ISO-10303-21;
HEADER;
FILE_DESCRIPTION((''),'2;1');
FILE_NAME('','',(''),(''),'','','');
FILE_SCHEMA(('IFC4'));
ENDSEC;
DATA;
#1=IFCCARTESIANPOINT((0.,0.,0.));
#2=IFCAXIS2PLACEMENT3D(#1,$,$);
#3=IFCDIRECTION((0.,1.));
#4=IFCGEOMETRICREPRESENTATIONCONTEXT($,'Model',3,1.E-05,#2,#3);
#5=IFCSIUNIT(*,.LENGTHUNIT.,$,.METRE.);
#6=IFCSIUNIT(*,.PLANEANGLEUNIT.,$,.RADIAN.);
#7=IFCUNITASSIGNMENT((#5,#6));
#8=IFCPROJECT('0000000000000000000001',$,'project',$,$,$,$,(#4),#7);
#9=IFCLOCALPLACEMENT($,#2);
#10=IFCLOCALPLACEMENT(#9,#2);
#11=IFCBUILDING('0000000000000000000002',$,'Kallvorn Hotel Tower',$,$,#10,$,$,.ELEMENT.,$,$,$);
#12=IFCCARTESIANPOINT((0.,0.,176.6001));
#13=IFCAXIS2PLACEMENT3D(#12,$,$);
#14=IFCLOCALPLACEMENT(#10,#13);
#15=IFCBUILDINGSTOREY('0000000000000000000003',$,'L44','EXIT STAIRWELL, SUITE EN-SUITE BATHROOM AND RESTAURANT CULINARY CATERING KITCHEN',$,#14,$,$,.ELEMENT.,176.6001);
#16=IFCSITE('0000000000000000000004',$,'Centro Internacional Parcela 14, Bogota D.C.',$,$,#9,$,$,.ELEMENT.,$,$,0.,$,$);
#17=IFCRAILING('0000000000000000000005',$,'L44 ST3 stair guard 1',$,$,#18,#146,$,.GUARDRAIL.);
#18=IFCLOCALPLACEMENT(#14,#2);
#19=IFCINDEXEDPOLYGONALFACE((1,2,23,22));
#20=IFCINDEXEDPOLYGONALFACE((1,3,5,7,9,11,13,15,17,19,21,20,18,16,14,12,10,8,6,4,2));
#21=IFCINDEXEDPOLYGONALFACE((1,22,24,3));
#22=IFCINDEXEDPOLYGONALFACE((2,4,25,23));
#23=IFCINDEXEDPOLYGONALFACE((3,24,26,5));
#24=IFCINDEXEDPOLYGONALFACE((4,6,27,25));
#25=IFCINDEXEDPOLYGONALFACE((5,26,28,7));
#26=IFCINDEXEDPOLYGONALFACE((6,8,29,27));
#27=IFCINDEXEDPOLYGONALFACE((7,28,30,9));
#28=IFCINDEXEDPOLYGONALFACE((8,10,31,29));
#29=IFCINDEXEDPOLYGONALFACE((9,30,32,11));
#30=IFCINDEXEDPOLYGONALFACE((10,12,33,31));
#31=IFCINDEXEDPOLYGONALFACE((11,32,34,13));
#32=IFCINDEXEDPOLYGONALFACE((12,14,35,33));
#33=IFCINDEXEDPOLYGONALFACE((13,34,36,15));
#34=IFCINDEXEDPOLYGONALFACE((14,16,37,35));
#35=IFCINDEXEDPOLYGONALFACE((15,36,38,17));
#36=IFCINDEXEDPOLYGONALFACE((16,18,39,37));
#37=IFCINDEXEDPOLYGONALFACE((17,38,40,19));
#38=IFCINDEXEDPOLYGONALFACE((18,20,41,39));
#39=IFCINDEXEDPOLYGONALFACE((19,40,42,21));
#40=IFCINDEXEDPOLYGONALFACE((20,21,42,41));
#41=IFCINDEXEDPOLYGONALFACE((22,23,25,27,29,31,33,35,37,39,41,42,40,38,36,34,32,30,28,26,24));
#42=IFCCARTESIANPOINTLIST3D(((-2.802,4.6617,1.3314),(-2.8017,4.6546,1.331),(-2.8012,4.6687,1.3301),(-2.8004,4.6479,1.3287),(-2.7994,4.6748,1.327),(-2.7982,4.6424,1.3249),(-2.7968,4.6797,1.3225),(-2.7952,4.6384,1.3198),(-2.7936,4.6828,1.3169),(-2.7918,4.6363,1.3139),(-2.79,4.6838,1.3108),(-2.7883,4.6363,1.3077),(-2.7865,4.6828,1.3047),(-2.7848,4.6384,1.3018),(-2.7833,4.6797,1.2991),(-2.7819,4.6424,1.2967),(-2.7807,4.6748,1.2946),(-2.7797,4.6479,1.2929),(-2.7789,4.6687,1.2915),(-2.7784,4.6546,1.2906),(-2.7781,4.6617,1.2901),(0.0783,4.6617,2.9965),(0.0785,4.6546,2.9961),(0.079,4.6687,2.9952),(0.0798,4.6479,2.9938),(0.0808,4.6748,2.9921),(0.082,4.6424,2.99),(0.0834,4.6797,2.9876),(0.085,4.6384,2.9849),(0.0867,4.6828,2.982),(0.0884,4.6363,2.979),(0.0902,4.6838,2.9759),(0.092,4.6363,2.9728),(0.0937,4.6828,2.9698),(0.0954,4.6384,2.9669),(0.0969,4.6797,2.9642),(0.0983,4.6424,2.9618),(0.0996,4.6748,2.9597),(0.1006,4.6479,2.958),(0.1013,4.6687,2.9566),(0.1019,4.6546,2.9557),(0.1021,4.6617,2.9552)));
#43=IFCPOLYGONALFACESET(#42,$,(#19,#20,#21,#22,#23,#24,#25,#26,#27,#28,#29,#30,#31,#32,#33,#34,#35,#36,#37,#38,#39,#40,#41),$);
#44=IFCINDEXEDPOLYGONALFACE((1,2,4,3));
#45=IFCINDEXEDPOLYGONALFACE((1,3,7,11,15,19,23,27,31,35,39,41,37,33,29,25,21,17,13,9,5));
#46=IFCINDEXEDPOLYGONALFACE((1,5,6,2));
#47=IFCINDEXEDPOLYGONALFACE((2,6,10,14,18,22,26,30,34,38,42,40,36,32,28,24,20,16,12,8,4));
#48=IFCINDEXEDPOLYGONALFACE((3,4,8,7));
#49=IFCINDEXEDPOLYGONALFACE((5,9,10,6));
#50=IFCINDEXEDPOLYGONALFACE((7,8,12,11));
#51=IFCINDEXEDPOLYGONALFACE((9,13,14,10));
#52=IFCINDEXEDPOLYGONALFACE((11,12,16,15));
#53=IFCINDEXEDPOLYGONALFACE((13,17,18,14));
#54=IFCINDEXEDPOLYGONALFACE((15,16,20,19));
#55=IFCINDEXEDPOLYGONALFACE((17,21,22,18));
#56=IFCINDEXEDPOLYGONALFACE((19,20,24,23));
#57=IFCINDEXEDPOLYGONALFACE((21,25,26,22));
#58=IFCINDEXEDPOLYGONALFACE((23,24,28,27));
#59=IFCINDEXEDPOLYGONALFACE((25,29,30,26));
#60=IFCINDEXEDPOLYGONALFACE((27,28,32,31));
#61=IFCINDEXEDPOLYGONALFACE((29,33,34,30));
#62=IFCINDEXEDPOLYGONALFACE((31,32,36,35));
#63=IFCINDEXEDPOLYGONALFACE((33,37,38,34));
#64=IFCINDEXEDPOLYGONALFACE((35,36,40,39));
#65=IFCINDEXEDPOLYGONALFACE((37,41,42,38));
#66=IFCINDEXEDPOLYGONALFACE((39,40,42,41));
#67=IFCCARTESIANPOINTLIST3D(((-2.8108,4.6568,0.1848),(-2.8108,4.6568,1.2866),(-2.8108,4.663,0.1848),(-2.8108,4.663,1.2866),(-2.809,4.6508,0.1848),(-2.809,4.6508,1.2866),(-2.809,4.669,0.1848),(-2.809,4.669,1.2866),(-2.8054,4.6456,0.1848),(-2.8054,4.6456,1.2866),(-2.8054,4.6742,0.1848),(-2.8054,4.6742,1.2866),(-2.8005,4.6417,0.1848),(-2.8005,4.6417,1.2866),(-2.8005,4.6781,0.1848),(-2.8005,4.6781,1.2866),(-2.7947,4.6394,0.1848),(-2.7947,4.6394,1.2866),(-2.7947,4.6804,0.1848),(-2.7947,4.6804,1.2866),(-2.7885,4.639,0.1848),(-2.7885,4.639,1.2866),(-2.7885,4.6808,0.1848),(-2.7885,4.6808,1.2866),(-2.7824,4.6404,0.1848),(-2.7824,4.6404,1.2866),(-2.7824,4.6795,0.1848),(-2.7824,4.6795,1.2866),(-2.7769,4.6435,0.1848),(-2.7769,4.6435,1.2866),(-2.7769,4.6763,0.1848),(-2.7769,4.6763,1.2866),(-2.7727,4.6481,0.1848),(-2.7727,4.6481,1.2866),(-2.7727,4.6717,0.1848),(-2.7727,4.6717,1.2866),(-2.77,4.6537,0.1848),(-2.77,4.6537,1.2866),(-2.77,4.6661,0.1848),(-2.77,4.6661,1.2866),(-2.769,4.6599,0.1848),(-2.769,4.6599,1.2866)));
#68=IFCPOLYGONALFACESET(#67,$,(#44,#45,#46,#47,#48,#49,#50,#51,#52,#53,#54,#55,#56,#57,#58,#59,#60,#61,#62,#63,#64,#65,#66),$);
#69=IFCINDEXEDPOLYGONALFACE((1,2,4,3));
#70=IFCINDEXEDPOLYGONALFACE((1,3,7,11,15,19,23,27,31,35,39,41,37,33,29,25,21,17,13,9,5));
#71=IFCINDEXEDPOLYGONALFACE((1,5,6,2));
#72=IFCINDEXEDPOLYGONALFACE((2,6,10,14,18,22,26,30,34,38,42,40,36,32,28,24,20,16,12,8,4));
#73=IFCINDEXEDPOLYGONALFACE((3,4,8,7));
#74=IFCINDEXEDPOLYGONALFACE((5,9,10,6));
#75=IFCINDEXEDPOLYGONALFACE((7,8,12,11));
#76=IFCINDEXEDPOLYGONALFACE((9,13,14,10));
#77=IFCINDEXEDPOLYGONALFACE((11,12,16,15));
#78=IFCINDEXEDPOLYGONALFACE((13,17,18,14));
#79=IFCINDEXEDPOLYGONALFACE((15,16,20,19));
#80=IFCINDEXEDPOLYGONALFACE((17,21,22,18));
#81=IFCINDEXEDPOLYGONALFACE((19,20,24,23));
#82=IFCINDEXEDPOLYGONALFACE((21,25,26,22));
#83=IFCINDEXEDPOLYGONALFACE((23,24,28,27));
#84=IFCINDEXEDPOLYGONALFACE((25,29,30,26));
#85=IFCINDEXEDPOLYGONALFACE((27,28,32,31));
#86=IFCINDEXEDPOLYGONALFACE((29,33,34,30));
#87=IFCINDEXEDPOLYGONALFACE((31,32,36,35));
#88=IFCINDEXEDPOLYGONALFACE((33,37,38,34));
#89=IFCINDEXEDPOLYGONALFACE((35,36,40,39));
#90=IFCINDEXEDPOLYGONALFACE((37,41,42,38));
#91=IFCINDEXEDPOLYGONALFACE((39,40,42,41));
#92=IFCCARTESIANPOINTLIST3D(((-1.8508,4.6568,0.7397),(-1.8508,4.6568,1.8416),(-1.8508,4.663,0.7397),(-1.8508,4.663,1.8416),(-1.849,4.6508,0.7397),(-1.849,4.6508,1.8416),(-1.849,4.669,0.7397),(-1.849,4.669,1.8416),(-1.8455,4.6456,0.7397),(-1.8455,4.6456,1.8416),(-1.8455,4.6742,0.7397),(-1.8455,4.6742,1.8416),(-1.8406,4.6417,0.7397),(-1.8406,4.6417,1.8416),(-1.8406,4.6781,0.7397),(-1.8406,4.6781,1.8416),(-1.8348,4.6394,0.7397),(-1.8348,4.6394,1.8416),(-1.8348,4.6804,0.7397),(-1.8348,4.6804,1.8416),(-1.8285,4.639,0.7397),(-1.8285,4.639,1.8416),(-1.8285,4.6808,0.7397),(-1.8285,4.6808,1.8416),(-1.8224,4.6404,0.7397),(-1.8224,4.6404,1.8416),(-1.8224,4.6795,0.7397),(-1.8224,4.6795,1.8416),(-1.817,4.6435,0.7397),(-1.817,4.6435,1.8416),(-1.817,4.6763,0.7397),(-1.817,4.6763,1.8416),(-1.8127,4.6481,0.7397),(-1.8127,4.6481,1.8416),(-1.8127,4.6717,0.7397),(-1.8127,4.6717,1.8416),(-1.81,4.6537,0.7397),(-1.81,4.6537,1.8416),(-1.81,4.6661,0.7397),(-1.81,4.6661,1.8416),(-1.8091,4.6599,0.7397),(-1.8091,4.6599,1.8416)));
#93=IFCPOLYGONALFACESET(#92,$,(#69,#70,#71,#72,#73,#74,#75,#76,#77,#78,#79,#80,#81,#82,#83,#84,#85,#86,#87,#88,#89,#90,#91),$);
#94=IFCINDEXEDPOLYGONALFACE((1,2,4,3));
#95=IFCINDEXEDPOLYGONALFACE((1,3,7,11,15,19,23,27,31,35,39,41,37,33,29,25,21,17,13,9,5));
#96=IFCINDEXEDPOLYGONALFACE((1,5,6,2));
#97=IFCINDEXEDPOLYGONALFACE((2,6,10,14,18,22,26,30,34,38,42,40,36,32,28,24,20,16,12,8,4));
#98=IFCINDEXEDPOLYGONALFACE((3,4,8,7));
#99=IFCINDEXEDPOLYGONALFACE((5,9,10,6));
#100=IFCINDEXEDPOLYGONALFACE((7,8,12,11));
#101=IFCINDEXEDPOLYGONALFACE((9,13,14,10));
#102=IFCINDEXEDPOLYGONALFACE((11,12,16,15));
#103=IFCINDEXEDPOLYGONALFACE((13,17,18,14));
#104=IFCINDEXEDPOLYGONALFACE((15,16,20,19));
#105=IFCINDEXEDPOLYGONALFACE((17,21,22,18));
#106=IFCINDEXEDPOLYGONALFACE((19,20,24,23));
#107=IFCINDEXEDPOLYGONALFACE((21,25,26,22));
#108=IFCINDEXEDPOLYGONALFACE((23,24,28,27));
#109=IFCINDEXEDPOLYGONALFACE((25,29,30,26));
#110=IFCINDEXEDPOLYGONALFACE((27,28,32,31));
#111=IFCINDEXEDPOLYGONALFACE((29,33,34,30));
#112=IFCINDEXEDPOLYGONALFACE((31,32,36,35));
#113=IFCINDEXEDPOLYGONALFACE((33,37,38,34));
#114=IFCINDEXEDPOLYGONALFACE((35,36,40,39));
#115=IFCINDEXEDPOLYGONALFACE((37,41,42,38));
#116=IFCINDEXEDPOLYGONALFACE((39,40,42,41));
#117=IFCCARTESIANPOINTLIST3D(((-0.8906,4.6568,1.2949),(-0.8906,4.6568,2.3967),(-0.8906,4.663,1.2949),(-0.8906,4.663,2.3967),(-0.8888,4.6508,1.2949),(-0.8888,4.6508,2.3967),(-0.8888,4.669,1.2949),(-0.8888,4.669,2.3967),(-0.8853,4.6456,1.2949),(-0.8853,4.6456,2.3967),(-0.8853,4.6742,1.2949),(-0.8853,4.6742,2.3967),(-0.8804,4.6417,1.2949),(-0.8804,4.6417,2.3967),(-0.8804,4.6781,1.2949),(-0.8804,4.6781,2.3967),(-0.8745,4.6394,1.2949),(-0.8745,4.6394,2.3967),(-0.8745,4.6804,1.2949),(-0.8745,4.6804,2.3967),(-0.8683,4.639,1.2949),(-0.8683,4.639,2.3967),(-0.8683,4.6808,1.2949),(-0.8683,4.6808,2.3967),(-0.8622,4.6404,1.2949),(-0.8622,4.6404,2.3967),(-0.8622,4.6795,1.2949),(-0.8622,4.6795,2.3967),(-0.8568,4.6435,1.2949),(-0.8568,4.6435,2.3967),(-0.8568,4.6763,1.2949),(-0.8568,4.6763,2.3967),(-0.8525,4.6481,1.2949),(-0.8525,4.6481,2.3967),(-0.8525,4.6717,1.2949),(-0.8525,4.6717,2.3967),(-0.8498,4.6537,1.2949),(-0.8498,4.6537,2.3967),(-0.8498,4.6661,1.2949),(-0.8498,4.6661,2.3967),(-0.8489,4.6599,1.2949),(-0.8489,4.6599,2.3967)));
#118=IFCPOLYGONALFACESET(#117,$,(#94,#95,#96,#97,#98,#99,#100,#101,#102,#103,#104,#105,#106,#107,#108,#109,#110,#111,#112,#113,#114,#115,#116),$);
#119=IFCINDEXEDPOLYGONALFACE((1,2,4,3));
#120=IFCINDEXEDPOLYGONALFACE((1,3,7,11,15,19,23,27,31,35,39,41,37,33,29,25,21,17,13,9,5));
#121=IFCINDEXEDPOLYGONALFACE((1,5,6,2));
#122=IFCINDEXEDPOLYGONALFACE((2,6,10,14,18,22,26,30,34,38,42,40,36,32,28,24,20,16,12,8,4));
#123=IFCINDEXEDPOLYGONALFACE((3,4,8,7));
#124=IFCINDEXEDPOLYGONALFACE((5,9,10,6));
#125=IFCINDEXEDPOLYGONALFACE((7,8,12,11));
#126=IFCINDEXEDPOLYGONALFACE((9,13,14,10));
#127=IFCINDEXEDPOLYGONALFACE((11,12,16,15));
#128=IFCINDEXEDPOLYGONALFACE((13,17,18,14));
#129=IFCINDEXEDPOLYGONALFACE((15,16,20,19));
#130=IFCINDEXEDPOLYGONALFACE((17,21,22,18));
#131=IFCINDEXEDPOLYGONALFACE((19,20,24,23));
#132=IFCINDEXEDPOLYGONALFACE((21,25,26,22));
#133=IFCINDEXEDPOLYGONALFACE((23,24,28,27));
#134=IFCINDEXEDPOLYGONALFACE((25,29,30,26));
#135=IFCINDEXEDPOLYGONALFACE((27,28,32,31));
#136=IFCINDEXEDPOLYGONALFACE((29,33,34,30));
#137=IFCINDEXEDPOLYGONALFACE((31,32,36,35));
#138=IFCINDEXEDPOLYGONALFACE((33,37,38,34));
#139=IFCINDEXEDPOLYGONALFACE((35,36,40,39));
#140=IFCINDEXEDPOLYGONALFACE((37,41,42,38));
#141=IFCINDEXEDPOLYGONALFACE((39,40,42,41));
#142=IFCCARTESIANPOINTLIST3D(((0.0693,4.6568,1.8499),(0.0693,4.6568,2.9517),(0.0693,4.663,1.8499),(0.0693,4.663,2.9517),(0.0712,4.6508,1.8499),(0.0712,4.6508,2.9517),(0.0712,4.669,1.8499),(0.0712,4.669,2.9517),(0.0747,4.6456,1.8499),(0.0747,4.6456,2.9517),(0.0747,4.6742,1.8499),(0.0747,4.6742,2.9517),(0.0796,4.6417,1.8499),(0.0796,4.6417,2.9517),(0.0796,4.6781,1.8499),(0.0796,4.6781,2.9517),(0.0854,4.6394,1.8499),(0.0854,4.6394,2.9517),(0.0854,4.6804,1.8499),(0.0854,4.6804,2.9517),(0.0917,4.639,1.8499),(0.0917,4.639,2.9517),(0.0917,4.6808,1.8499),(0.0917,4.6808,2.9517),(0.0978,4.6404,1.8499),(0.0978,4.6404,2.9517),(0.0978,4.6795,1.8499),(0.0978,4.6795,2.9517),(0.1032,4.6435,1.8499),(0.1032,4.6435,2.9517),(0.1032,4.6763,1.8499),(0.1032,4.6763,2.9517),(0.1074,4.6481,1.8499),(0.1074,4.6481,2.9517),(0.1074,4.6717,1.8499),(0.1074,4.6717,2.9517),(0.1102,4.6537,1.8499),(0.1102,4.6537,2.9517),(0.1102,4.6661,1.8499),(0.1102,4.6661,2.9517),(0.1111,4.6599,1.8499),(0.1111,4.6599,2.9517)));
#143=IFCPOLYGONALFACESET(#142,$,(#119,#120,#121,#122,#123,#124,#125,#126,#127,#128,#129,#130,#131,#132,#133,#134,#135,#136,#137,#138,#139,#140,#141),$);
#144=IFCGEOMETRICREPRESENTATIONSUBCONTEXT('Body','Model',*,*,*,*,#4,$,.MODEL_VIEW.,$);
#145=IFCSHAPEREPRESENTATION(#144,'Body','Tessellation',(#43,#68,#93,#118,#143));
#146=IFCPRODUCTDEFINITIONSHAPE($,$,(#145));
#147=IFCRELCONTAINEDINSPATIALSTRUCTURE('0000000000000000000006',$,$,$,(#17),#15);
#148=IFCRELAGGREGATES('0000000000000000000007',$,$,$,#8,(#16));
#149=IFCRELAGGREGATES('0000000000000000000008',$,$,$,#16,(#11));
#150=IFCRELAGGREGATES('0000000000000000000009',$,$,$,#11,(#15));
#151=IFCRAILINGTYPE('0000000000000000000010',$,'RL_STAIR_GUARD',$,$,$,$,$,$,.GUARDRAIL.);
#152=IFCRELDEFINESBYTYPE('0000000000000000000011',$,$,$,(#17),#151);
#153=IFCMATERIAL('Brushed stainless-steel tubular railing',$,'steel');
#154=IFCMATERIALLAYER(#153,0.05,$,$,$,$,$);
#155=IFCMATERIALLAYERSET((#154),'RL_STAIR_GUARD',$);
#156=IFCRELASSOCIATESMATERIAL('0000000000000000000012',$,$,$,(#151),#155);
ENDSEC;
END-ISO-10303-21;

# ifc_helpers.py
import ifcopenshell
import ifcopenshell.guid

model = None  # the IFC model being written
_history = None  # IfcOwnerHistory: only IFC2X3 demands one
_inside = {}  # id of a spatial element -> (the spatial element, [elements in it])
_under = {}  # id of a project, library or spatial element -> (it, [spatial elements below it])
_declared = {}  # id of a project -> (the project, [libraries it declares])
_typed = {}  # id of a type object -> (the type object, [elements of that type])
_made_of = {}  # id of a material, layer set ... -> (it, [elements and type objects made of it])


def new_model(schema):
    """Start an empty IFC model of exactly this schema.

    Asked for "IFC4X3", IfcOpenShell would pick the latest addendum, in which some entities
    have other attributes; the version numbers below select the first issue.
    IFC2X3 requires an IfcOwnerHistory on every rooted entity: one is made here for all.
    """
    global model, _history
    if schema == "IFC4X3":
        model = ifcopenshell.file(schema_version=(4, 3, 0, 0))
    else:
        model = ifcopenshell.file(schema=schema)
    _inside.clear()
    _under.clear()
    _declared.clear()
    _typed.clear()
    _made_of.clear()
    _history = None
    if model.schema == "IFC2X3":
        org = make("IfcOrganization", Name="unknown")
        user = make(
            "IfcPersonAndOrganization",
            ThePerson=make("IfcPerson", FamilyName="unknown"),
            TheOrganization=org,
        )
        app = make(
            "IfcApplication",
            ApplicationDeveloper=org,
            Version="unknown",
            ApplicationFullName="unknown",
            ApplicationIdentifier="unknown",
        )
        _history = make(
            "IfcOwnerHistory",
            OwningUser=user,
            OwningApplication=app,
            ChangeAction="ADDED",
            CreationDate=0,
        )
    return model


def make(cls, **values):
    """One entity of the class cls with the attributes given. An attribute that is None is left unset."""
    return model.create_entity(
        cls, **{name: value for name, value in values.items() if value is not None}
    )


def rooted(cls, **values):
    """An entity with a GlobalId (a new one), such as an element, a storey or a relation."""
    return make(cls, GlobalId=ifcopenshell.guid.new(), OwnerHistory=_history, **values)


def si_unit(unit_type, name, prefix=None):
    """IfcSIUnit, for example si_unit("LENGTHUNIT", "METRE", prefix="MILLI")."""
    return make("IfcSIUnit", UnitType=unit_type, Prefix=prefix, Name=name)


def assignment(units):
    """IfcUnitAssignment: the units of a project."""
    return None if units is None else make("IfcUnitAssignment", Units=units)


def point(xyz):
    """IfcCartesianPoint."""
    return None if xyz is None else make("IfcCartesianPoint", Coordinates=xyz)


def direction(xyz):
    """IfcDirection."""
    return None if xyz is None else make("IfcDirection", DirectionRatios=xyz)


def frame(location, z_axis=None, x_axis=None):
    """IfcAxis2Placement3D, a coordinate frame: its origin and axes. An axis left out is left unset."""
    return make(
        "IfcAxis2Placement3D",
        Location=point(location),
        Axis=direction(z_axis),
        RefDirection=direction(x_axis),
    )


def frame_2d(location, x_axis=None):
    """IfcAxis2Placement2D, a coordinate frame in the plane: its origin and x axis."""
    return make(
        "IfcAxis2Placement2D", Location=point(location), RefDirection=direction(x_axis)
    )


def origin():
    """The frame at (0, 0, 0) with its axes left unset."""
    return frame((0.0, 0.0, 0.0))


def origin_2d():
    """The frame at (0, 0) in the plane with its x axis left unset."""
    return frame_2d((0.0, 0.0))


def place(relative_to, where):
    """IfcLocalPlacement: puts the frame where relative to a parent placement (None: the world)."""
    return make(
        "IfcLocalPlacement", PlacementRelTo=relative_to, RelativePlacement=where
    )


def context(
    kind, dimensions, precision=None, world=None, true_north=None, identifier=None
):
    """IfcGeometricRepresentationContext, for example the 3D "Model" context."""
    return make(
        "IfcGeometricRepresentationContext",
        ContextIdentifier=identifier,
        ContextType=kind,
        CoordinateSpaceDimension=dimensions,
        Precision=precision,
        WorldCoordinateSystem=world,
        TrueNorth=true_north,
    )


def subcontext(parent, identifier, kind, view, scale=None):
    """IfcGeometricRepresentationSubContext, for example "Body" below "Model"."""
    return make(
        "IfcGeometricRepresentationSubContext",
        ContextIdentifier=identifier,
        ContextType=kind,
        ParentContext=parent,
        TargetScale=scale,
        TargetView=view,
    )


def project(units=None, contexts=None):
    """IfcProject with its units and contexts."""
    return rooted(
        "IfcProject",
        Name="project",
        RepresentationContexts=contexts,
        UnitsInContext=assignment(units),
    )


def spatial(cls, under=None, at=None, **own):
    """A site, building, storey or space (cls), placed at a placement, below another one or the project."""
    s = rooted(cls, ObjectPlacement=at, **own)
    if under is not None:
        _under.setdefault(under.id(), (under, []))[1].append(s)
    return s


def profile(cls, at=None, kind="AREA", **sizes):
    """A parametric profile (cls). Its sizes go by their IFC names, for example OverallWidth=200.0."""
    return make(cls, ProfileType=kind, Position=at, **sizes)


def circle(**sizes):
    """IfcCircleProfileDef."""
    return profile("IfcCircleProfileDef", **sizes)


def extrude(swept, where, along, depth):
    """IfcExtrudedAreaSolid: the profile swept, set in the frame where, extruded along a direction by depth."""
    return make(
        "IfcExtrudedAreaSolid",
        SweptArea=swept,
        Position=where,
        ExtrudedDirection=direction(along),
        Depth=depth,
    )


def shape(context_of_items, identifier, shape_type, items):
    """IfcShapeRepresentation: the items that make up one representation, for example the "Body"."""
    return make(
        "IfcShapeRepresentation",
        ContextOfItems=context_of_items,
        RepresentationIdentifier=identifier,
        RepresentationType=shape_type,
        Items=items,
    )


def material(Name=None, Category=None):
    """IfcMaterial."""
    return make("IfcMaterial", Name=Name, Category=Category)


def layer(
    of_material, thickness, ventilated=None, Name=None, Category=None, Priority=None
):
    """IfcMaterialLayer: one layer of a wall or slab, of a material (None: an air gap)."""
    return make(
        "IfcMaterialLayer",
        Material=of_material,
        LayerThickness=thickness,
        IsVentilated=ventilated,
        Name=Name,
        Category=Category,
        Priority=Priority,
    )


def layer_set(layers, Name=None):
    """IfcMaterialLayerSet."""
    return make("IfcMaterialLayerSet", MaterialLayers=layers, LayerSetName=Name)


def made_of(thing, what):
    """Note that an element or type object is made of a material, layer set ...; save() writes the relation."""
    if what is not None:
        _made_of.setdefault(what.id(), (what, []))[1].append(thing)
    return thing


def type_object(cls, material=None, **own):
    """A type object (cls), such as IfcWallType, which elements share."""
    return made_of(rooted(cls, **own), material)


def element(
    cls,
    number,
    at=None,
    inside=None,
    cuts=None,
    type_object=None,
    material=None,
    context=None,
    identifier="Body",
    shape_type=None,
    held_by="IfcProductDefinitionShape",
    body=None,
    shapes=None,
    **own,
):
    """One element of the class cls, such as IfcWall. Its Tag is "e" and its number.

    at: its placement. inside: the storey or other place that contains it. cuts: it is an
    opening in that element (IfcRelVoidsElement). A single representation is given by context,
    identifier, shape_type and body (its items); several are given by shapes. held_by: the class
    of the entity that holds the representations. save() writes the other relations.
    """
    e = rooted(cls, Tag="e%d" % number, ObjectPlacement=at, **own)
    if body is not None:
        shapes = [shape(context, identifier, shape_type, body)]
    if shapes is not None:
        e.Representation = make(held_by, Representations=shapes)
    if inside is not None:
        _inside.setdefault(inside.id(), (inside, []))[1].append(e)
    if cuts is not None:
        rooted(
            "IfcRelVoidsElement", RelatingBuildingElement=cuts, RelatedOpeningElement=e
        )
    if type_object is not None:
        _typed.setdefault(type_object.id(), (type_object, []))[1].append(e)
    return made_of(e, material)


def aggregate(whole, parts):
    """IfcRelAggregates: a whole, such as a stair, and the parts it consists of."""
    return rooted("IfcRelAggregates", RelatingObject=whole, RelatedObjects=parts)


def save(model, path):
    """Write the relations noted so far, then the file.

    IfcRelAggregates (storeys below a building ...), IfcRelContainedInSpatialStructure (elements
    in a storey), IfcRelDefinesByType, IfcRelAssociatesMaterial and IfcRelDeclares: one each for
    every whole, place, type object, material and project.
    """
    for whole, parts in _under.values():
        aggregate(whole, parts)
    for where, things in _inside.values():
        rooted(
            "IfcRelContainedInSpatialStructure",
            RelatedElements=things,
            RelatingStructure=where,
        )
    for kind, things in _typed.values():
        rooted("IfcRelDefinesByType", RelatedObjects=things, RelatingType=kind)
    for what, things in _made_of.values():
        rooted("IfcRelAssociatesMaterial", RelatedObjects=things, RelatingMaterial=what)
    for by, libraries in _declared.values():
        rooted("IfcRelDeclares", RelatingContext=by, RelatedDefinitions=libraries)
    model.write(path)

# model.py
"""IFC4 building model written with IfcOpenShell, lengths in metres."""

from ifc_helpers import new_model, si_unit, direction, frame, origin, origin_2d, place, context, subcontext, project, spatial, circle, extrude, material, layer, layer_set, type_object, element, save


model = new_model("IFC4")

# Units and contexts
model_context = context("Model", 3, precision=1e-05, world=origin(), true_north=direction((0.0, 1.0)))
body_context = subcontext(model_context, "Body", "Model", "MODEL_VIEW")
ifc_project = project(units=[si_unit("LENGTHUNIT", "METRE"), si_unit("PLANEANGLEUNIT", "RADIAN")], contexts=[model_context])

# Site, building, storey
site_placement = place(None, origin())
site = spatial("IfcSite", under=ifc_project, at=site_placement, Name="Centro Internacional Parcela 14, Bogota D.C.", CompositionType="ELEMENT", RefElevation=0.0)
building_placement = place(site_placement, origin())
building = spatial("IfcBuilding", under=site, at=building_placement, Name="Kallvorn Hotel Tower", CompositionType="ELEMENT")
storey_placement = place(building_placement, frame((0.0, 0.0, 176.6001)))
storey = spatial("IfcBuildingStorey", under=building, at=storey_placement, Name="L44", Description="EXIT STAIRWELL, SUITE EN-SUITE BATHROOM AND RESTAURANT CULINARY CATERING KITCHEN", CompositionType="ELEMENT", Elevation=176.6001)

# Railing
ifc_material_1 = material(Name="Brushed stainless-steel tubular railing", Category="steel")
ifc_layer_1 = layer(ifc_material_1, 0.05)
ifc_layer_set_1 = layer_set([ifc_layer_1], Name="RL_STAIR_GUARD")
railing_type_1 = type_object("IfcRailingType", Name="RL_STAIR_GUARD", PredefinedType="GUARDRAIL", material=ifc_layer_set_1)
railing_1_placement = place(storey_placement, frame((-2.79, 4.6599, 0.1848)))
element("IfcRailing", 1, at=railing_1_placement, inside=storey, type_object=railing_type_1, Name="L44 ST3 stair guard 1", PredefinedType="GUARDRAIL", context=body_context, shape_type="SweptSolid", body=[
    extrude(circle(Radius=0.0239, at=origin_2d()), frame((0.0, 0.0, 1.126), z_axis=(0.865739, 0.0, 0.500495), x_axis=(0.0, 1.0, 0.0)), (0.0, 0.0, 1.0), 3.3269),
    extrude(circle(Radius=0.021, at=origin_2d()), origin(), (0.0, 0.0, 1.0), 1.1018),
    extrude(circle(Radius=0.021, at=origin_2d()), frame((0.96, 0.0, 0.5549)), (0.0, 0.0, 1.0), 1.1018),
    extrude(circle(Radius=0.021, at=origin_2d()), frame((1.9202, 0.0, 1.1101)), (0.0, 0.0, 1.0), 1.1018),
    extrude(circle(Radius=0.021, at=origin_2d()), frame((2.8801, 0.0, 1.665)), (0.0, 0.0, 1.0), 1.1018),
])

save(model, "model.ifc")
